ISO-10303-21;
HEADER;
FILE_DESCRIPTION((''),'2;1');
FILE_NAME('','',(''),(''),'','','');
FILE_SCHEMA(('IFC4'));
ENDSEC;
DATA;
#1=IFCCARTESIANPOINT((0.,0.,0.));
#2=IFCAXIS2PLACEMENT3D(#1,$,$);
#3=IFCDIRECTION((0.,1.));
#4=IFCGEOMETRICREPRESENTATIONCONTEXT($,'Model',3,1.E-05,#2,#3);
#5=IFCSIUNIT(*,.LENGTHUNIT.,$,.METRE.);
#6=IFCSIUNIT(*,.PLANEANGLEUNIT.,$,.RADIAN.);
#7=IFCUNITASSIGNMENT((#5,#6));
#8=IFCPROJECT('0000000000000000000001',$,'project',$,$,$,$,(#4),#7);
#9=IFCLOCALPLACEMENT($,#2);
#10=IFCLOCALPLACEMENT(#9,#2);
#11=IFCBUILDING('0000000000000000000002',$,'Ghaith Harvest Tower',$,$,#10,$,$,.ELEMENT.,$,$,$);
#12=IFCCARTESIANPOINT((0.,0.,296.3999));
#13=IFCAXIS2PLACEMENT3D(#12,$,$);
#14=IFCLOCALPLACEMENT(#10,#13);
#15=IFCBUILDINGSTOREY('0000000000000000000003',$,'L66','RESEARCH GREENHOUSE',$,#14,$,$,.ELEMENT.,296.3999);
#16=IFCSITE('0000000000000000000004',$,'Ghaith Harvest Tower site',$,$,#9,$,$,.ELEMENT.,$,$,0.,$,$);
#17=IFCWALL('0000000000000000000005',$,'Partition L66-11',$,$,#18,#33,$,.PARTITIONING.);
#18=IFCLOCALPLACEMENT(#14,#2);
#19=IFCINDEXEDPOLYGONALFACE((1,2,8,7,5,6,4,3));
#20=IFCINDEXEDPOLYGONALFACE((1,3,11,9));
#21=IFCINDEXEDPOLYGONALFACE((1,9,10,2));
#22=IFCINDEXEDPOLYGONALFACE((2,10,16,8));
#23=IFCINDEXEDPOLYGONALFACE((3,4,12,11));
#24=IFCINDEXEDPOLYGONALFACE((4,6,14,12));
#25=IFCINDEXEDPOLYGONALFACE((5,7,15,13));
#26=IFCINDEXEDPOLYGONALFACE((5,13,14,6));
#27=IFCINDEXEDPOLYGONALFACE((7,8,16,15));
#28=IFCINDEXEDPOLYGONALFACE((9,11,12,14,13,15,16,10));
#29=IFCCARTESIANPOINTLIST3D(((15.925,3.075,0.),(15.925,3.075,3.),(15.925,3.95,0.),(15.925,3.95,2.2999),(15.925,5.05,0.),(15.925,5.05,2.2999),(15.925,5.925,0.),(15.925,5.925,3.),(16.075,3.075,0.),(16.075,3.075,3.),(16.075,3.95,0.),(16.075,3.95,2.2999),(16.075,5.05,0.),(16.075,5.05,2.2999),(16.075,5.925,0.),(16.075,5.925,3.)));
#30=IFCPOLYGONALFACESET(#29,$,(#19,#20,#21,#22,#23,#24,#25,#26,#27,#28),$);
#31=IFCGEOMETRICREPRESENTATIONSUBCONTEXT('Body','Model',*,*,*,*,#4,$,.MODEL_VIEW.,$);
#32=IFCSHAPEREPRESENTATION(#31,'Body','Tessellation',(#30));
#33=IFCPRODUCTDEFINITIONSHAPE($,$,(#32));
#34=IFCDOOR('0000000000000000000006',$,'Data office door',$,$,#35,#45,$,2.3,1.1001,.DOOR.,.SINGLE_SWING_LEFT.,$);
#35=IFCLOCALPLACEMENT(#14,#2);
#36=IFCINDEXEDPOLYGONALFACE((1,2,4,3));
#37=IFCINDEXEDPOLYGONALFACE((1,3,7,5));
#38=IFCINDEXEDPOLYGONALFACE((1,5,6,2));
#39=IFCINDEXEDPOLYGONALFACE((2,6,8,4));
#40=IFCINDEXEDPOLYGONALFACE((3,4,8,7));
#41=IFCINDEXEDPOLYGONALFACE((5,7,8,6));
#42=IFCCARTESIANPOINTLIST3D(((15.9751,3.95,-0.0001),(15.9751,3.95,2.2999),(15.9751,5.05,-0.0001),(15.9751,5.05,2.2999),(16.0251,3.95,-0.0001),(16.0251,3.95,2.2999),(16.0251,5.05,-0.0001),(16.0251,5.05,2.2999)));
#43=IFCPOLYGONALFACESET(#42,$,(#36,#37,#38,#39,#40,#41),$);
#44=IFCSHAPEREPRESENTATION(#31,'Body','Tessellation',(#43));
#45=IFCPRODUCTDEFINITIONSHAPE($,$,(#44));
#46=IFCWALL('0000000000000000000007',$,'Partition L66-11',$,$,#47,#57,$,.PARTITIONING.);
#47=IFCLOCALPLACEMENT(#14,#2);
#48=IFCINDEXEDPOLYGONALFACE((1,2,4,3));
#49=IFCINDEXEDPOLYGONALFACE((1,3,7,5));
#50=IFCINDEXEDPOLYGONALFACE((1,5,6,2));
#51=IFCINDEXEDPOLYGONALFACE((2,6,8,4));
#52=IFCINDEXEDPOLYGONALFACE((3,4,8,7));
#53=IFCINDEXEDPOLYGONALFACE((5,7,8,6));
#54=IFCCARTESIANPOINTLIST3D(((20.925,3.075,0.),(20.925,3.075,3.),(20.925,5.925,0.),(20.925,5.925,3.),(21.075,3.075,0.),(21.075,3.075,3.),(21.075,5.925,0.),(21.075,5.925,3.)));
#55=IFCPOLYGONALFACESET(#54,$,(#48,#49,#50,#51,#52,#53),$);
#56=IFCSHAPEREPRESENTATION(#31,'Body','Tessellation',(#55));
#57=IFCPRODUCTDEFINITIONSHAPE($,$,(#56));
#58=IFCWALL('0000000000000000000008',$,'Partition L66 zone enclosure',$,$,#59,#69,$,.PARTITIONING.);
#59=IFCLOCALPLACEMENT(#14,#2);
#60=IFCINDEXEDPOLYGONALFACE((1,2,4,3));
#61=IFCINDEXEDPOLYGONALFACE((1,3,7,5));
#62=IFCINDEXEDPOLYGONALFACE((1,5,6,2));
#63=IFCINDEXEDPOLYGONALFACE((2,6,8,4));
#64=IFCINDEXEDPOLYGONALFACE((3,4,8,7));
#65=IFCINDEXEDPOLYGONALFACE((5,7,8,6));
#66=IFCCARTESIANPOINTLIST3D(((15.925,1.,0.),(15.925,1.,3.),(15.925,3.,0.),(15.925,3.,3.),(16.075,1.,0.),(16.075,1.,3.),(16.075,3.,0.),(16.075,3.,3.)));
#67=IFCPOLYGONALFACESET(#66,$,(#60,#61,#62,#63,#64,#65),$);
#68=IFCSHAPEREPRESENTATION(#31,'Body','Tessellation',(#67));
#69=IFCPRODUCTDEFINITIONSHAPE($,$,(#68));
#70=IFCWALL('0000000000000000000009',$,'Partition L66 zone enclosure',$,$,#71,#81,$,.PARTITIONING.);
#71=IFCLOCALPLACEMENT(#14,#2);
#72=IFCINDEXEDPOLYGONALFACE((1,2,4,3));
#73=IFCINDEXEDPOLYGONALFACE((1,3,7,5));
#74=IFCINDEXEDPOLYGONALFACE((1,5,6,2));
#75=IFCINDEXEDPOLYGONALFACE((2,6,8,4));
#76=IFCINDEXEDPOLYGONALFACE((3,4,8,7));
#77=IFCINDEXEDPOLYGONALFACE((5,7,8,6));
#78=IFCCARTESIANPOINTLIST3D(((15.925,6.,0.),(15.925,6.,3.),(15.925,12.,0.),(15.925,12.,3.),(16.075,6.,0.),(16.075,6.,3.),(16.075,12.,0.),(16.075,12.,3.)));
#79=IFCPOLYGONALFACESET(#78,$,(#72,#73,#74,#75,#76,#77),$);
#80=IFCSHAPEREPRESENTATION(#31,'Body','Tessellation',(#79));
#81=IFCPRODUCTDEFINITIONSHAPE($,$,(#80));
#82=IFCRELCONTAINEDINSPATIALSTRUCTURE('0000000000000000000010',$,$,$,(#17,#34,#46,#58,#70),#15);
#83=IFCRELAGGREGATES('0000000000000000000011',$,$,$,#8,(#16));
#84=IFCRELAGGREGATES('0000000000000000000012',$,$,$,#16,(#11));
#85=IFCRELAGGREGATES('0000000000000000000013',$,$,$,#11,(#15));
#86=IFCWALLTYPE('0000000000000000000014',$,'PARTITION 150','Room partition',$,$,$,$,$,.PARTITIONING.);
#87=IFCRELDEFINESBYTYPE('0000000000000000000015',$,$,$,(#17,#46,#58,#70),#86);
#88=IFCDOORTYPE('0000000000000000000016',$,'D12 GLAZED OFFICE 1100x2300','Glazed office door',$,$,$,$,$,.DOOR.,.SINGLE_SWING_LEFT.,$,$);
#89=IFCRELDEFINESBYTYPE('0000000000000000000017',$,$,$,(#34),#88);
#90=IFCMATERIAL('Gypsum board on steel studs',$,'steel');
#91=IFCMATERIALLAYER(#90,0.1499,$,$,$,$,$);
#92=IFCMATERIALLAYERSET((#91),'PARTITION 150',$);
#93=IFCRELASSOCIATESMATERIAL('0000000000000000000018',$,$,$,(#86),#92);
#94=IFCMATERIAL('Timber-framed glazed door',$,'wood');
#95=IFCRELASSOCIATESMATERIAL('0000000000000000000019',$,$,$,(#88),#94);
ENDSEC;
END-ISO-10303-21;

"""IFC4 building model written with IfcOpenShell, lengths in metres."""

from ifc_helpers import new_model, si_unit, direction, frame, frame_2d, origin, place, context, subcontext, project, spatial, rectangle, extrude, material, layer, layer_set, type_object, element, fill, save


model = new_model("IFC4")

# Units and contexts
model_context = context("Model", 3, precision=1e-05, world=origin(), true_north=direction((0.0, 1.0)))
body_context = subcontext(model_context, "Body", "Model", "MODEL_VIEW")
ifc_project = project(units=[si_unit("LENGTHUNIT", "METRE"), si_unit("PLANEANGLEUNIT", "RADIAN")], contexts=[model_context])

# Site, building, storey
site_placement = place(None, origin())
site = spatial("IfcSite", under=ifc_project, at=site_placement, Name="Ghaith Harvest Tower site", CompositionType="ELEMENT", RefElevation=0.0)
building_placement = place(site_placement, origin())
building = spatial("IfcBuilding", under=site, at=building_placement, Name="Ghaith Harvest Tower", CompositionType="ELEMENT")
storey_placement = place(building_placement, frame((0.0, 0.0, 296.3999)))
storey = spatial("IfcBuildingStorey", under=building, at=storey_placement, Name="L66", Description="RESEARCH GREENHOUSE", CompositionType="ELEMENT", Elevation=296.3999)

# Shared definitions
ifc_material_1 = material(Name="Gypsum board on steel studs", Category="steel")
ifc_layer_1 = layer(ifc_material_1, 0.1499)
ifc_layer_set_1 = layer_set([ifc_layer_1], Name="PARTITION 150")
wall_type = type_object("IfcWallType", Name="PARTITION 150", Description="Room partition", PredefinedType="PARTITIONING", material=ifc_layer_set_1)

# Wall, opening, door
wall_1_placement = place(storey_placement, frame((16.0, 3.075, 0.0), z_axis=(0.0, 0.0, 1.0), x_axis=(0.0, 1.0, 0.0)))
wall_1 = element("IfcWall", 1, at=wall_1_placement, inside=storey, type_object=wall_type, Name="Partition L66-11", PredefinedType="PARTITIONING", context=body_context, shape_type="SweptSolid", body=[
    extrude(rectangle(XDim=2.8501, YDim=0.1499, at=frame_2d((1.425, 0.0))), origin(), (0.0, 0.0, 1.0), 3.0),
])
opening_placement = place(wall_1_placement, frame((0.875, 0.0, 0.0)))
opening = element("IfcOpeningElement", 2, at=opening_placement, cuts=wall_1, PredefinedType="OPENING", context=body_context, shape_type="SweptSolid", body=[
    extrude(rectangle(XDim=1.1001, YDim=2.3, at=frame_2d((0.55, 1.1499))), frame((0.0, 0.085, 0.0), z_axis=(0.0, -1.0, 0.0), x_axis=(1.0, 0.0, 0.0)), (0.0, 0.0, 1.0), 0.1699),
])
ifc_material_2 = material(Name="Timber-framed glazed door", Category="wood")
door_type = type_object("IfcDoorType", Name="D12 GLAZED OFFICE 1100x2300", Description="Glazed office door", OperationType="SINGLE_SWING_LEFT", PredefinedType="DOOR", material=ifc_material_2)
door_placement = place(opening_placement, origin())
door = element("IfcDoor", 3, at=door_placement, inside=storey, type_object=door_type, Name="Data office door", OperationType="SINGLE_SWING_LEFT", OverallHeight=2.3, OverallWidth=1.1001, PredefinedType="DOOR", context=body_context, shape_type="SweptSolid", body=[
    extrude(rectangle(XDim=1.1001, YDim=2.3, at=frame_2d((0.55, 1.1499))), frame((0.0, 0.0249, 0.0), z_axis=(0.0, -1.0, 0.0), x_axis=(1.0, 0.0, 0.0)), (0.0, 0.0, 1.0), 0.05),
])
fill(opening, door)

# Walls
wall_2_placement = place(storey_placement, frame((21.0, 3.075, 0.0), z_axis=(0.0, 0.0, 1.0), x_axis=(0.0, 1.0, 0.0)))
element("IfcWall", 4, at=wall_2_placement, inside=storey, type_object=wall_type, Name="Partition L66-11", PredefinedType="PARTITIONING", context=body_context, shape_type="SweptSolid", body=[
    extrude(rectangle(XDim=2.8501, YDim=0.1499, at=frame_2d((1.425, 0.0))), origin(), (0.0, 0.0, 1.0), 3.0),
])
wall_3_placement = place(storey_placement, frame((16.0, 1.0, 0.0), z_axis=(0.0, 0.0, 1.0), x_axis=(0.0, 1.0, 0.0)))
element("IfcWall", 5, at=wall_3_placement, inside=storey, type_object=wall_type, Name="Partition L66 zone enclosure", PredefinedType="PARTITIONING", context=body_context, shape_type="SweptSolid", body=[
    extrude(rectangle(XDim=2.0, YDim=0.1499, at=frame_2d((1.0, 0.0))), origin(), (0.0, 0.0, 1.0), 3.0),
])
wall_4_placement = place(storey_placement, frame((16.0, 6.0, 0.0), z_axis=(0.0, 0.0, 1.0), x_axis=(0.0, 1.0, 0.0)))
element("IfcWall", 6, at=wall_4_placement, inside=storey, type_object=wall_type, Name="Partition L66 zone enclosure", PredefinedType="PARTITIONING", context=body_context, shape_type="SweptSolid", body=[
    extrude(rectangle(XDim=6.0, YDim=0.1499, at=frame_2d((3.0, 0.0))), origin(), (0.0, 0.0, 1.0), 3.0),
])

save(model, "model.ifc")
